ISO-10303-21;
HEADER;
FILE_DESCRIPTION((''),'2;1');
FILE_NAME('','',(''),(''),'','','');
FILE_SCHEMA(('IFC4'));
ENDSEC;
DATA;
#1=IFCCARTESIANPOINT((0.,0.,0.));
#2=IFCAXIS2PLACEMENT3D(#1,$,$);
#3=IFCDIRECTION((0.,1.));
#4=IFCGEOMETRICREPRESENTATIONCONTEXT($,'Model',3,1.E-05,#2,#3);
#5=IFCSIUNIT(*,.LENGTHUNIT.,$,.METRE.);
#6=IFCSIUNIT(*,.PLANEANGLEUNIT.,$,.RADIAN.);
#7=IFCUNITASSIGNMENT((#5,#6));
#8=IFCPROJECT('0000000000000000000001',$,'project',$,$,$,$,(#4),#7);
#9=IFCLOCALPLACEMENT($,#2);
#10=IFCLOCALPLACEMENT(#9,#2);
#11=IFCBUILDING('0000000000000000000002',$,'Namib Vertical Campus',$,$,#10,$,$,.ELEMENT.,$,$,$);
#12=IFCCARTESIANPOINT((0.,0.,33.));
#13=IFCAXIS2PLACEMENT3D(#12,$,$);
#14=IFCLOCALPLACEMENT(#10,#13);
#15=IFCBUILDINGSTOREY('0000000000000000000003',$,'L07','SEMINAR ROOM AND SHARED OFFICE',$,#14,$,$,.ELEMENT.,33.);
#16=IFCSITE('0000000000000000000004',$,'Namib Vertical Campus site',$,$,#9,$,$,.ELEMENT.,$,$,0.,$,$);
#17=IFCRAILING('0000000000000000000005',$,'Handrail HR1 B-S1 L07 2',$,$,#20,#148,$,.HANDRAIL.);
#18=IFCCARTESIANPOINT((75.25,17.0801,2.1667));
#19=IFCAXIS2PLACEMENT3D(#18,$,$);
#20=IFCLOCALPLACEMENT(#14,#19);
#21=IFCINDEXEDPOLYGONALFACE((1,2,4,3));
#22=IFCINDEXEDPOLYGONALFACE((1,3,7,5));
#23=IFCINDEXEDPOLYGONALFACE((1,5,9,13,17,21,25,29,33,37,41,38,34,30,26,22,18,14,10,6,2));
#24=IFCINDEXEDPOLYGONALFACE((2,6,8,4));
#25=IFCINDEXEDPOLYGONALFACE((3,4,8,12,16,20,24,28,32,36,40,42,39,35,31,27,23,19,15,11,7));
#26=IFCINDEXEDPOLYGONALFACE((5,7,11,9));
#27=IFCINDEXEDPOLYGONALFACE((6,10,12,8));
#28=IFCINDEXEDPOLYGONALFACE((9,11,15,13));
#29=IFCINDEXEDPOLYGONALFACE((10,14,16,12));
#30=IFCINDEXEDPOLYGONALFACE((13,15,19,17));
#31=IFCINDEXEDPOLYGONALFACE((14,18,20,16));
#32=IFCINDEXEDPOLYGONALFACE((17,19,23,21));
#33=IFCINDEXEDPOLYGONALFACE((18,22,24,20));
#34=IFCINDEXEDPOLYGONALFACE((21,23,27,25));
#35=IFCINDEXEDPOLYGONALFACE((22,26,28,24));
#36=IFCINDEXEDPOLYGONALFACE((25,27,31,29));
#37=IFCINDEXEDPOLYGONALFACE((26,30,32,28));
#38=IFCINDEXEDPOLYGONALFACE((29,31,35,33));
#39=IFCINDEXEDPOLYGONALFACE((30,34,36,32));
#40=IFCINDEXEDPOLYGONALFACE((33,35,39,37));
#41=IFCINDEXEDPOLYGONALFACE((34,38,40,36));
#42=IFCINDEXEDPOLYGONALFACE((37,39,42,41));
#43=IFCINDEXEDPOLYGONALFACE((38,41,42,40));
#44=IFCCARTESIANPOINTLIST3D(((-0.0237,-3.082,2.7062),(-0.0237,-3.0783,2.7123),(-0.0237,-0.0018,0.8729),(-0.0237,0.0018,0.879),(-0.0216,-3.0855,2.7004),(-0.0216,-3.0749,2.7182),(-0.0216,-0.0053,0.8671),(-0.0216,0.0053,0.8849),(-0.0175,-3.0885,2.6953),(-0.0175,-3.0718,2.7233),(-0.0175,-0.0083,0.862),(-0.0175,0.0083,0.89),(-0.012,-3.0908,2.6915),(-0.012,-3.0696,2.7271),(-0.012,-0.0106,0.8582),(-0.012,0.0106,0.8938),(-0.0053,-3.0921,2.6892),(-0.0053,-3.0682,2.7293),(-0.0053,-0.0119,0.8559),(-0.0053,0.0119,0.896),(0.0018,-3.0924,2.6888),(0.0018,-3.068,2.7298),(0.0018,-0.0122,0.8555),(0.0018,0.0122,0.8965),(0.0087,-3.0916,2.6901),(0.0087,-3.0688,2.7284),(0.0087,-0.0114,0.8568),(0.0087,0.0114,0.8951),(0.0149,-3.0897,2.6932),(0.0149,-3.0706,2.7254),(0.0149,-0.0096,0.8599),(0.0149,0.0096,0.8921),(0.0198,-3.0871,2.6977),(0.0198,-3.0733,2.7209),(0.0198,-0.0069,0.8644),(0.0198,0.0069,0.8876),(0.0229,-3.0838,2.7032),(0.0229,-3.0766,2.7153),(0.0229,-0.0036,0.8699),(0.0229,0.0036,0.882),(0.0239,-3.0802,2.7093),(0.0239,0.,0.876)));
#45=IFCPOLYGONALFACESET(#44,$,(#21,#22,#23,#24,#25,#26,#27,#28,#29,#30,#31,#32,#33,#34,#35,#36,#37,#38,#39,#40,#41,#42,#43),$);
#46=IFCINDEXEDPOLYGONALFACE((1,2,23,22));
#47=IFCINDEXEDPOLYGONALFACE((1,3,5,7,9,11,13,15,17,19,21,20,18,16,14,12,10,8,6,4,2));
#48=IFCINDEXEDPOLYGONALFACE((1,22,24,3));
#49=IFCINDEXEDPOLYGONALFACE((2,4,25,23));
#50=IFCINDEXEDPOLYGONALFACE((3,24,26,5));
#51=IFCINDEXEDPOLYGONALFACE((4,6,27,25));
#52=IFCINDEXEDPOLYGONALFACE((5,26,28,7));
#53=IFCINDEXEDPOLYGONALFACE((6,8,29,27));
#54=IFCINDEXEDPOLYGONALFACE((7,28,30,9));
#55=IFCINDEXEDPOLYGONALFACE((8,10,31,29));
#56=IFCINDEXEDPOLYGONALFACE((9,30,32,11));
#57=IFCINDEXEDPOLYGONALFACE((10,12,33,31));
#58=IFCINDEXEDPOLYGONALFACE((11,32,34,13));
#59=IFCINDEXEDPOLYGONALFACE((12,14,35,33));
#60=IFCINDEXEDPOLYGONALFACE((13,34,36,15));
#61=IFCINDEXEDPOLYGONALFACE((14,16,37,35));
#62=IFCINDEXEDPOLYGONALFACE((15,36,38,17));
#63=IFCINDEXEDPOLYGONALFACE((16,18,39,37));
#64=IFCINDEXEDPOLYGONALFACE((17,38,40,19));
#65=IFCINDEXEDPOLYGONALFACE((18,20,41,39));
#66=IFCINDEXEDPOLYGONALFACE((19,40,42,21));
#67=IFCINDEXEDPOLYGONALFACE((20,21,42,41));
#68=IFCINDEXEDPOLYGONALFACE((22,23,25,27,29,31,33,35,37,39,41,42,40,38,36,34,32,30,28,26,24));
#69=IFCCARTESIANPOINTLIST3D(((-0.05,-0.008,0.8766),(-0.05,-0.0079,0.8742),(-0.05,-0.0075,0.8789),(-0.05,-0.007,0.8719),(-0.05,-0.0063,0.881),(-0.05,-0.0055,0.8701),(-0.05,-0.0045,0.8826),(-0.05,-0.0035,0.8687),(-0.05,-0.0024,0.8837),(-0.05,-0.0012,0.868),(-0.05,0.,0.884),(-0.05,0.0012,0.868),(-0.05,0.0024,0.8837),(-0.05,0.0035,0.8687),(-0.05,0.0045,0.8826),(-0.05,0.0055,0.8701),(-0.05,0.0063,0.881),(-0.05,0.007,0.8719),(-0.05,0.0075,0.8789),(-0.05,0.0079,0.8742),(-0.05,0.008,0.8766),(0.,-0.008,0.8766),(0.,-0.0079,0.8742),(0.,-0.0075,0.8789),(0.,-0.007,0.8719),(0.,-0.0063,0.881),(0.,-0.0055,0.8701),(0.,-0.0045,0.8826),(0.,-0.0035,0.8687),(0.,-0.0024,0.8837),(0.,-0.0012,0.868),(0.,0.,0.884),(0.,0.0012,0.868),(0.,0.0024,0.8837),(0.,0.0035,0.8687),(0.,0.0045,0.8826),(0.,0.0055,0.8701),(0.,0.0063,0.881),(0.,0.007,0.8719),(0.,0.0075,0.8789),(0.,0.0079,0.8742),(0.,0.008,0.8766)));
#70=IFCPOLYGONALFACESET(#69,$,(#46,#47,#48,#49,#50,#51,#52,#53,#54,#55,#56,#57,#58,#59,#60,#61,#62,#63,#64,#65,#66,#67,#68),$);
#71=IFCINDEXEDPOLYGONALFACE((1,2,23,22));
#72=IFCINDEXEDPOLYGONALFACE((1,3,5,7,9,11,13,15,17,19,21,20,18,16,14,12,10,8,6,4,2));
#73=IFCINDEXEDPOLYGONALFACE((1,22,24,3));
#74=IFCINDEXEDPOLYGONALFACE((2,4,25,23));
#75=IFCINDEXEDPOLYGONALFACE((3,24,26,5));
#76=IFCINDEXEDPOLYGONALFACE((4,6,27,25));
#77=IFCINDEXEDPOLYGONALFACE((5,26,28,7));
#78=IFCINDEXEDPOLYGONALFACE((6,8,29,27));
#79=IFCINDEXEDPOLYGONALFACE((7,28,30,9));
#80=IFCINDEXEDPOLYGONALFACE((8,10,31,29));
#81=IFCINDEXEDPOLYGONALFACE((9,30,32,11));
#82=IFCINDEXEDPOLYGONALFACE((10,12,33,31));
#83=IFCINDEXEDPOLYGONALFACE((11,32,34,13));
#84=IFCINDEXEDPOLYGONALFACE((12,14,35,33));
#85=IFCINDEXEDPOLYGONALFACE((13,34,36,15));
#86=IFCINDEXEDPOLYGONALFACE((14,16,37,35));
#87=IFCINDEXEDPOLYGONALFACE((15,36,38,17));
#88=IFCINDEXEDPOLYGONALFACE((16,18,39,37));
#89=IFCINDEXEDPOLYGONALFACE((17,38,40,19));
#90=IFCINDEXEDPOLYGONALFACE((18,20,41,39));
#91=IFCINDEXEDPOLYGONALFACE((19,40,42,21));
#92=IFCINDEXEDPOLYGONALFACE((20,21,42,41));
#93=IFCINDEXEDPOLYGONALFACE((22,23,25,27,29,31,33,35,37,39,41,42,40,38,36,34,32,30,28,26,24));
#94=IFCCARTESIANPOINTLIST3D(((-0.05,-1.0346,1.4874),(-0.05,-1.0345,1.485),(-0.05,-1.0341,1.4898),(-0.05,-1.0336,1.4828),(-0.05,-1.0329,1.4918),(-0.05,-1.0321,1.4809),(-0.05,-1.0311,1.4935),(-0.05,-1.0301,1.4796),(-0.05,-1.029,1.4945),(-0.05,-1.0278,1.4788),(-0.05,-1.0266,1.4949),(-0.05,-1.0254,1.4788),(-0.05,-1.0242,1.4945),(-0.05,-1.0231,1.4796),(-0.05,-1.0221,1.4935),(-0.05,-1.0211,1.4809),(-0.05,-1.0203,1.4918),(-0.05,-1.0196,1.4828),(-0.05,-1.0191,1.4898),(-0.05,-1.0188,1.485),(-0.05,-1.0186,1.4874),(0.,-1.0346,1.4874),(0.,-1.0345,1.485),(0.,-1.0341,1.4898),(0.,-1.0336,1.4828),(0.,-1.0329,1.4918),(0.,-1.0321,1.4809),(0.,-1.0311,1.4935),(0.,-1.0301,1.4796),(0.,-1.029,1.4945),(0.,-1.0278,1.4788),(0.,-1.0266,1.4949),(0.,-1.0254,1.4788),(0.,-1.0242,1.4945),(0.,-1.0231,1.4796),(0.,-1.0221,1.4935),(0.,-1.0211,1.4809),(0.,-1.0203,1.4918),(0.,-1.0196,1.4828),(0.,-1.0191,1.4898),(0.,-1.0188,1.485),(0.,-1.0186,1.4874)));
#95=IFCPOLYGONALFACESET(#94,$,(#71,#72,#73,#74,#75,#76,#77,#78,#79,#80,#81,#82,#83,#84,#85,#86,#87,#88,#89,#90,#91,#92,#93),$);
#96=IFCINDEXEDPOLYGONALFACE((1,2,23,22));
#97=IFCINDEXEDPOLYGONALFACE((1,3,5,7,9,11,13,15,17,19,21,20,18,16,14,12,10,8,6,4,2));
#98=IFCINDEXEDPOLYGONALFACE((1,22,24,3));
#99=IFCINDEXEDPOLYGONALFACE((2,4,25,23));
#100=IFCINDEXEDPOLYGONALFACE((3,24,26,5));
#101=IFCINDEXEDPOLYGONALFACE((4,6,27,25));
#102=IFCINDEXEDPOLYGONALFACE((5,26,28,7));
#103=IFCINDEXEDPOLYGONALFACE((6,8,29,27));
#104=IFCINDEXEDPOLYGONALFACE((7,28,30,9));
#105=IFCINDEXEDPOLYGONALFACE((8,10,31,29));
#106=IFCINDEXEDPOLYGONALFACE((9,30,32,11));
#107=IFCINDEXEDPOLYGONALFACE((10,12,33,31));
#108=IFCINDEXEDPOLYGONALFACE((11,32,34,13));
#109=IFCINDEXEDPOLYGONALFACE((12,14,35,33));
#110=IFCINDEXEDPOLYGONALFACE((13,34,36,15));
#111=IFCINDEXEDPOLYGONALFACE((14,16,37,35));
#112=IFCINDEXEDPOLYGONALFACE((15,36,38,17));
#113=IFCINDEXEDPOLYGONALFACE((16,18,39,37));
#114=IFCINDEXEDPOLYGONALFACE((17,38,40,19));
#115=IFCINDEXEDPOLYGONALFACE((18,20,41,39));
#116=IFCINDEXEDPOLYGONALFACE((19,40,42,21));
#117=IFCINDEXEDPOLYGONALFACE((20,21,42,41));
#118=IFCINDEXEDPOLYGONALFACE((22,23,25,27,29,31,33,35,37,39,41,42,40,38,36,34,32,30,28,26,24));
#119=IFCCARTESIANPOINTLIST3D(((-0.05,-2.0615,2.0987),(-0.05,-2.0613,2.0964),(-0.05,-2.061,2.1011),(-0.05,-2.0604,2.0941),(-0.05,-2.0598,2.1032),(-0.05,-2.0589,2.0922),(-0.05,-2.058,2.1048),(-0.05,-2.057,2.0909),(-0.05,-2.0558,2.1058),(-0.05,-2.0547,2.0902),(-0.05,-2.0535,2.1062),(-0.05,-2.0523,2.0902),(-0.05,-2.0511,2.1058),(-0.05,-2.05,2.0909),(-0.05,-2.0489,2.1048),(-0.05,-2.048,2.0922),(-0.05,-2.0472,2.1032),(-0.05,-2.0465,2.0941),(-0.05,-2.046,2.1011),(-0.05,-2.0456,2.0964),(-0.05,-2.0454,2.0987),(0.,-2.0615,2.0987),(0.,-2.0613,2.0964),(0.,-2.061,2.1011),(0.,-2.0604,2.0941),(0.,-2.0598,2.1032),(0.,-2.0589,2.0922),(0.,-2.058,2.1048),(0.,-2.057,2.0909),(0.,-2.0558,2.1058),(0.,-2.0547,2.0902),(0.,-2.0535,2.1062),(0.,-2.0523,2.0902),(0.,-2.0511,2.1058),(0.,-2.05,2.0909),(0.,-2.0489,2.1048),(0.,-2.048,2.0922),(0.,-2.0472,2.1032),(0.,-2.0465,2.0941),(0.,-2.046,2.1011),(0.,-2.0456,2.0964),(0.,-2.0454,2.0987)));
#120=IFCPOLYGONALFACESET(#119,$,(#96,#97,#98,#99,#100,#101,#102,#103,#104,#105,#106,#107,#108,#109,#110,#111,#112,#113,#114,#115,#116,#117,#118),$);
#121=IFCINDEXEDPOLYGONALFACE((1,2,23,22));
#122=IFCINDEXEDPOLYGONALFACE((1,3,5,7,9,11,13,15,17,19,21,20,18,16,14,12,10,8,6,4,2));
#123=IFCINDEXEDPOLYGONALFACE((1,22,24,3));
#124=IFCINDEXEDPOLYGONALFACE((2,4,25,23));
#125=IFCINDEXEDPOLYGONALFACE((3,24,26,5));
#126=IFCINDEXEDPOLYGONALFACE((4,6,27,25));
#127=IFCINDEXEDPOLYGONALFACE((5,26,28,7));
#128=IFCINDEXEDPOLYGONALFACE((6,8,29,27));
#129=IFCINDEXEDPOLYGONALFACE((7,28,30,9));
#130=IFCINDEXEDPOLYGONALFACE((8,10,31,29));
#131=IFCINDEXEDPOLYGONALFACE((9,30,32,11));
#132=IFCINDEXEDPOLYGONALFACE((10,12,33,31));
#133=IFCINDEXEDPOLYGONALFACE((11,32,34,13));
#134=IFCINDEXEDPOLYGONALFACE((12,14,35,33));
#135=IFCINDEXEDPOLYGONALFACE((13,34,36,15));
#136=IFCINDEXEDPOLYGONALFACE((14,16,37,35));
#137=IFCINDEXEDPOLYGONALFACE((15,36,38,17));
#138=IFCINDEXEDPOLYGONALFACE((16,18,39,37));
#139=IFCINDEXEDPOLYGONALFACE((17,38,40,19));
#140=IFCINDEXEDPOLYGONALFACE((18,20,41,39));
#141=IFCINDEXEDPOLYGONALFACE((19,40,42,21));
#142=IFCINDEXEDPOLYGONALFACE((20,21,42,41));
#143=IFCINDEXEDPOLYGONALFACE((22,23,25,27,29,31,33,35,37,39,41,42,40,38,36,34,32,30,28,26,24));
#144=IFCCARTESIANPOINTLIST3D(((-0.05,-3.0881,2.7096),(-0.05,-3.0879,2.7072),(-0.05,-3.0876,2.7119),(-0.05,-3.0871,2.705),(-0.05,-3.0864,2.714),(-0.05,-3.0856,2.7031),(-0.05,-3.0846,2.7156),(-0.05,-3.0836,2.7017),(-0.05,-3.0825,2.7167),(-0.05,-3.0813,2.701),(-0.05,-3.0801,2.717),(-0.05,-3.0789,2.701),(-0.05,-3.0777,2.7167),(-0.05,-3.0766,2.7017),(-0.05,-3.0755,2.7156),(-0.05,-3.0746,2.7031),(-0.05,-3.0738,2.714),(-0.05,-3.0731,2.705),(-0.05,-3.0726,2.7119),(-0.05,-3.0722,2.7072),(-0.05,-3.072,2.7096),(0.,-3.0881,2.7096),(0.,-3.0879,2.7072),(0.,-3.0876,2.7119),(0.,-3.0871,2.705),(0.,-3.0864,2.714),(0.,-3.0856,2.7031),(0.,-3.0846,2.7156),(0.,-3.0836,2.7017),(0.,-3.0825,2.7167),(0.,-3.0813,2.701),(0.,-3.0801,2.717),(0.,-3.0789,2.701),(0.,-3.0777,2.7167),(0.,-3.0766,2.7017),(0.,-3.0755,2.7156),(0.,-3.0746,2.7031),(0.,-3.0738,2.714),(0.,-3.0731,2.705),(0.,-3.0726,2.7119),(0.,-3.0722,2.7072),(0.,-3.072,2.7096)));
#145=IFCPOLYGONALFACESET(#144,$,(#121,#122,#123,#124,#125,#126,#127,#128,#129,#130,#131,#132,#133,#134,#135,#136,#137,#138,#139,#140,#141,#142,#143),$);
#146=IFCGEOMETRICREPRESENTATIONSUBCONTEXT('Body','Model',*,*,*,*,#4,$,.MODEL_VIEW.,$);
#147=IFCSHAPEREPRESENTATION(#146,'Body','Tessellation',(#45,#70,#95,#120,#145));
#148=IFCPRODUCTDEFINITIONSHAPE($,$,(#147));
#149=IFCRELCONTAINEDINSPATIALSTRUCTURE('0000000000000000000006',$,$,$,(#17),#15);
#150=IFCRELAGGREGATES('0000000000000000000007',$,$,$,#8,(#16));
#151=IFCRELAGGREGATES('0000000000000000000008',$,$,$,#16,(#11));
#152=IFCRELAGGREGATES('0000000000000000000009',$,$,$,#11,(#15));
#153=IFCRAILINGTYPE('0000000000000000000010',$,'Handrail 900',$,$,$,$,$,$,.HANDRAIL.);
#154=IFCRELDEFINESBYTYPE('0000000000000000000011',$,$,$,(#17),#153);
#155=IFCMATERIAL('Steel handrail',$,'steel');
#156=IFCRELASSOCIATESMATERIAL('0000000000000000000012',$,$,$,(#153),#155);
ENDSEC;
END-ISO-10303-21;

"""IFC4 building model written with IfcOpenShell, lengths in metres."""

from ifc_helpers import new_model, si_unit, direction, frame, origin, origin_2d, place, context, subcontext, project, spatial, circle, extrude, material, type_object, element, save


model = new_model("IFC4")

# Units and contexts
model_context = context("Model", 3, precision=1e-05, world=origin(), true_north=direction((0.0, 1.0)))
body_context = subcontext(model_context, "Body", "Model", "MODEL_VIEW")
ifc_project = project(units=[si_unit("LENGTHUNIT", "METRE"), si_unit("PLANEANGLEUNIT", "RADIAN")], contexts=[model_context])

# Site, building, storey
site_placement = place(None, origin())
site = spatial("IfcSite", under=ifc_project, at=site_placement, Name="Namib Vertical Campus site", CompositionType="ELEMENT", RefElevation=0.0)
building_placement = place(site_placement, origin())
building = spatial("IfcBuilding", under=site, at=building_placement, Name="Namib Vertical Campus", CompositionType="ELEMENT")
storey_placement = place(building_placement, frame((0.0, 0.0, 33.0)))
storey = spatial("IfcBuildingStorey", under=building, at=storey_placement, Name="L07", Description="SEMINAR ROOM AND SHARED OFFICE", CompositionType="ELEMENT", Elevation=33.0)

# Railing
ifc_material_1 = material(Name="Steel handrail", Category="steel")
railing_type_1 = type_object("IfcRailingType", Name="Handrail 900", PredefinedType="HANDRAIL", material=ifc_material_1)
railing_1_placement = place(storey_placement, frame((75.25, 17.0801, 2.1667)))
element("IfcRailing", 1, at=railing_1_placement, inside=storey, type_object=railing_type_1, Name="Handrail HR1 B-S1 L07 2", PredefinedType="HANDRAIL", context=body_context, shape_type="SweptSolid", body=[
    extrude(circle(Radius=0.0239, at=origin_2d()), frame((0.0, 0.0, 0.876), z_axis=(0.0, -0.859309, 0.511458), x_axis=(1.0, 0.0, 0.0)), (0.0, 0.0, 1.0), 3.5845),
    extrude(circle(Radius=0.0081, at=origin_2d()), frame((0.0, 0.0, 0.876), z_axis=(-1.0, 0.0, 0.0), x_axis=(0.0, 0.0, 1.0)), (0.0, 0.0, 1.0), 0.05),
    extrude(circle(Radius=0.0081, at=origin_2d()), frame((0.0, -1.0266, 1.4868), z_axis=(-1.0, 0.0, 0.0), x_axis=(0.0, 0.0, 1.0)), (0.0, 0.0, 1.0), 0.05),
    extrude(circle(Radius=0.0081, at=origin_2d()), frame((0.0, -2.0535, 2.0981), z_axis=(-1.0, 0.0, 0.0), x_axis=(0.0, 0.0, 1.0)), (0.0, 0.0, 1.0), 0.05),
    extrude(circle(Radius=0.0081, at=origin_2d()), frame((0.0, -3.0801, 2.709), z_axis=(-1.0, 0.0, 0.0), x_axis=(0.0, 0.0, 1.0)), (0.0, 0.0, 1.0), 0.05),
])

save(model, "model.ifc")
